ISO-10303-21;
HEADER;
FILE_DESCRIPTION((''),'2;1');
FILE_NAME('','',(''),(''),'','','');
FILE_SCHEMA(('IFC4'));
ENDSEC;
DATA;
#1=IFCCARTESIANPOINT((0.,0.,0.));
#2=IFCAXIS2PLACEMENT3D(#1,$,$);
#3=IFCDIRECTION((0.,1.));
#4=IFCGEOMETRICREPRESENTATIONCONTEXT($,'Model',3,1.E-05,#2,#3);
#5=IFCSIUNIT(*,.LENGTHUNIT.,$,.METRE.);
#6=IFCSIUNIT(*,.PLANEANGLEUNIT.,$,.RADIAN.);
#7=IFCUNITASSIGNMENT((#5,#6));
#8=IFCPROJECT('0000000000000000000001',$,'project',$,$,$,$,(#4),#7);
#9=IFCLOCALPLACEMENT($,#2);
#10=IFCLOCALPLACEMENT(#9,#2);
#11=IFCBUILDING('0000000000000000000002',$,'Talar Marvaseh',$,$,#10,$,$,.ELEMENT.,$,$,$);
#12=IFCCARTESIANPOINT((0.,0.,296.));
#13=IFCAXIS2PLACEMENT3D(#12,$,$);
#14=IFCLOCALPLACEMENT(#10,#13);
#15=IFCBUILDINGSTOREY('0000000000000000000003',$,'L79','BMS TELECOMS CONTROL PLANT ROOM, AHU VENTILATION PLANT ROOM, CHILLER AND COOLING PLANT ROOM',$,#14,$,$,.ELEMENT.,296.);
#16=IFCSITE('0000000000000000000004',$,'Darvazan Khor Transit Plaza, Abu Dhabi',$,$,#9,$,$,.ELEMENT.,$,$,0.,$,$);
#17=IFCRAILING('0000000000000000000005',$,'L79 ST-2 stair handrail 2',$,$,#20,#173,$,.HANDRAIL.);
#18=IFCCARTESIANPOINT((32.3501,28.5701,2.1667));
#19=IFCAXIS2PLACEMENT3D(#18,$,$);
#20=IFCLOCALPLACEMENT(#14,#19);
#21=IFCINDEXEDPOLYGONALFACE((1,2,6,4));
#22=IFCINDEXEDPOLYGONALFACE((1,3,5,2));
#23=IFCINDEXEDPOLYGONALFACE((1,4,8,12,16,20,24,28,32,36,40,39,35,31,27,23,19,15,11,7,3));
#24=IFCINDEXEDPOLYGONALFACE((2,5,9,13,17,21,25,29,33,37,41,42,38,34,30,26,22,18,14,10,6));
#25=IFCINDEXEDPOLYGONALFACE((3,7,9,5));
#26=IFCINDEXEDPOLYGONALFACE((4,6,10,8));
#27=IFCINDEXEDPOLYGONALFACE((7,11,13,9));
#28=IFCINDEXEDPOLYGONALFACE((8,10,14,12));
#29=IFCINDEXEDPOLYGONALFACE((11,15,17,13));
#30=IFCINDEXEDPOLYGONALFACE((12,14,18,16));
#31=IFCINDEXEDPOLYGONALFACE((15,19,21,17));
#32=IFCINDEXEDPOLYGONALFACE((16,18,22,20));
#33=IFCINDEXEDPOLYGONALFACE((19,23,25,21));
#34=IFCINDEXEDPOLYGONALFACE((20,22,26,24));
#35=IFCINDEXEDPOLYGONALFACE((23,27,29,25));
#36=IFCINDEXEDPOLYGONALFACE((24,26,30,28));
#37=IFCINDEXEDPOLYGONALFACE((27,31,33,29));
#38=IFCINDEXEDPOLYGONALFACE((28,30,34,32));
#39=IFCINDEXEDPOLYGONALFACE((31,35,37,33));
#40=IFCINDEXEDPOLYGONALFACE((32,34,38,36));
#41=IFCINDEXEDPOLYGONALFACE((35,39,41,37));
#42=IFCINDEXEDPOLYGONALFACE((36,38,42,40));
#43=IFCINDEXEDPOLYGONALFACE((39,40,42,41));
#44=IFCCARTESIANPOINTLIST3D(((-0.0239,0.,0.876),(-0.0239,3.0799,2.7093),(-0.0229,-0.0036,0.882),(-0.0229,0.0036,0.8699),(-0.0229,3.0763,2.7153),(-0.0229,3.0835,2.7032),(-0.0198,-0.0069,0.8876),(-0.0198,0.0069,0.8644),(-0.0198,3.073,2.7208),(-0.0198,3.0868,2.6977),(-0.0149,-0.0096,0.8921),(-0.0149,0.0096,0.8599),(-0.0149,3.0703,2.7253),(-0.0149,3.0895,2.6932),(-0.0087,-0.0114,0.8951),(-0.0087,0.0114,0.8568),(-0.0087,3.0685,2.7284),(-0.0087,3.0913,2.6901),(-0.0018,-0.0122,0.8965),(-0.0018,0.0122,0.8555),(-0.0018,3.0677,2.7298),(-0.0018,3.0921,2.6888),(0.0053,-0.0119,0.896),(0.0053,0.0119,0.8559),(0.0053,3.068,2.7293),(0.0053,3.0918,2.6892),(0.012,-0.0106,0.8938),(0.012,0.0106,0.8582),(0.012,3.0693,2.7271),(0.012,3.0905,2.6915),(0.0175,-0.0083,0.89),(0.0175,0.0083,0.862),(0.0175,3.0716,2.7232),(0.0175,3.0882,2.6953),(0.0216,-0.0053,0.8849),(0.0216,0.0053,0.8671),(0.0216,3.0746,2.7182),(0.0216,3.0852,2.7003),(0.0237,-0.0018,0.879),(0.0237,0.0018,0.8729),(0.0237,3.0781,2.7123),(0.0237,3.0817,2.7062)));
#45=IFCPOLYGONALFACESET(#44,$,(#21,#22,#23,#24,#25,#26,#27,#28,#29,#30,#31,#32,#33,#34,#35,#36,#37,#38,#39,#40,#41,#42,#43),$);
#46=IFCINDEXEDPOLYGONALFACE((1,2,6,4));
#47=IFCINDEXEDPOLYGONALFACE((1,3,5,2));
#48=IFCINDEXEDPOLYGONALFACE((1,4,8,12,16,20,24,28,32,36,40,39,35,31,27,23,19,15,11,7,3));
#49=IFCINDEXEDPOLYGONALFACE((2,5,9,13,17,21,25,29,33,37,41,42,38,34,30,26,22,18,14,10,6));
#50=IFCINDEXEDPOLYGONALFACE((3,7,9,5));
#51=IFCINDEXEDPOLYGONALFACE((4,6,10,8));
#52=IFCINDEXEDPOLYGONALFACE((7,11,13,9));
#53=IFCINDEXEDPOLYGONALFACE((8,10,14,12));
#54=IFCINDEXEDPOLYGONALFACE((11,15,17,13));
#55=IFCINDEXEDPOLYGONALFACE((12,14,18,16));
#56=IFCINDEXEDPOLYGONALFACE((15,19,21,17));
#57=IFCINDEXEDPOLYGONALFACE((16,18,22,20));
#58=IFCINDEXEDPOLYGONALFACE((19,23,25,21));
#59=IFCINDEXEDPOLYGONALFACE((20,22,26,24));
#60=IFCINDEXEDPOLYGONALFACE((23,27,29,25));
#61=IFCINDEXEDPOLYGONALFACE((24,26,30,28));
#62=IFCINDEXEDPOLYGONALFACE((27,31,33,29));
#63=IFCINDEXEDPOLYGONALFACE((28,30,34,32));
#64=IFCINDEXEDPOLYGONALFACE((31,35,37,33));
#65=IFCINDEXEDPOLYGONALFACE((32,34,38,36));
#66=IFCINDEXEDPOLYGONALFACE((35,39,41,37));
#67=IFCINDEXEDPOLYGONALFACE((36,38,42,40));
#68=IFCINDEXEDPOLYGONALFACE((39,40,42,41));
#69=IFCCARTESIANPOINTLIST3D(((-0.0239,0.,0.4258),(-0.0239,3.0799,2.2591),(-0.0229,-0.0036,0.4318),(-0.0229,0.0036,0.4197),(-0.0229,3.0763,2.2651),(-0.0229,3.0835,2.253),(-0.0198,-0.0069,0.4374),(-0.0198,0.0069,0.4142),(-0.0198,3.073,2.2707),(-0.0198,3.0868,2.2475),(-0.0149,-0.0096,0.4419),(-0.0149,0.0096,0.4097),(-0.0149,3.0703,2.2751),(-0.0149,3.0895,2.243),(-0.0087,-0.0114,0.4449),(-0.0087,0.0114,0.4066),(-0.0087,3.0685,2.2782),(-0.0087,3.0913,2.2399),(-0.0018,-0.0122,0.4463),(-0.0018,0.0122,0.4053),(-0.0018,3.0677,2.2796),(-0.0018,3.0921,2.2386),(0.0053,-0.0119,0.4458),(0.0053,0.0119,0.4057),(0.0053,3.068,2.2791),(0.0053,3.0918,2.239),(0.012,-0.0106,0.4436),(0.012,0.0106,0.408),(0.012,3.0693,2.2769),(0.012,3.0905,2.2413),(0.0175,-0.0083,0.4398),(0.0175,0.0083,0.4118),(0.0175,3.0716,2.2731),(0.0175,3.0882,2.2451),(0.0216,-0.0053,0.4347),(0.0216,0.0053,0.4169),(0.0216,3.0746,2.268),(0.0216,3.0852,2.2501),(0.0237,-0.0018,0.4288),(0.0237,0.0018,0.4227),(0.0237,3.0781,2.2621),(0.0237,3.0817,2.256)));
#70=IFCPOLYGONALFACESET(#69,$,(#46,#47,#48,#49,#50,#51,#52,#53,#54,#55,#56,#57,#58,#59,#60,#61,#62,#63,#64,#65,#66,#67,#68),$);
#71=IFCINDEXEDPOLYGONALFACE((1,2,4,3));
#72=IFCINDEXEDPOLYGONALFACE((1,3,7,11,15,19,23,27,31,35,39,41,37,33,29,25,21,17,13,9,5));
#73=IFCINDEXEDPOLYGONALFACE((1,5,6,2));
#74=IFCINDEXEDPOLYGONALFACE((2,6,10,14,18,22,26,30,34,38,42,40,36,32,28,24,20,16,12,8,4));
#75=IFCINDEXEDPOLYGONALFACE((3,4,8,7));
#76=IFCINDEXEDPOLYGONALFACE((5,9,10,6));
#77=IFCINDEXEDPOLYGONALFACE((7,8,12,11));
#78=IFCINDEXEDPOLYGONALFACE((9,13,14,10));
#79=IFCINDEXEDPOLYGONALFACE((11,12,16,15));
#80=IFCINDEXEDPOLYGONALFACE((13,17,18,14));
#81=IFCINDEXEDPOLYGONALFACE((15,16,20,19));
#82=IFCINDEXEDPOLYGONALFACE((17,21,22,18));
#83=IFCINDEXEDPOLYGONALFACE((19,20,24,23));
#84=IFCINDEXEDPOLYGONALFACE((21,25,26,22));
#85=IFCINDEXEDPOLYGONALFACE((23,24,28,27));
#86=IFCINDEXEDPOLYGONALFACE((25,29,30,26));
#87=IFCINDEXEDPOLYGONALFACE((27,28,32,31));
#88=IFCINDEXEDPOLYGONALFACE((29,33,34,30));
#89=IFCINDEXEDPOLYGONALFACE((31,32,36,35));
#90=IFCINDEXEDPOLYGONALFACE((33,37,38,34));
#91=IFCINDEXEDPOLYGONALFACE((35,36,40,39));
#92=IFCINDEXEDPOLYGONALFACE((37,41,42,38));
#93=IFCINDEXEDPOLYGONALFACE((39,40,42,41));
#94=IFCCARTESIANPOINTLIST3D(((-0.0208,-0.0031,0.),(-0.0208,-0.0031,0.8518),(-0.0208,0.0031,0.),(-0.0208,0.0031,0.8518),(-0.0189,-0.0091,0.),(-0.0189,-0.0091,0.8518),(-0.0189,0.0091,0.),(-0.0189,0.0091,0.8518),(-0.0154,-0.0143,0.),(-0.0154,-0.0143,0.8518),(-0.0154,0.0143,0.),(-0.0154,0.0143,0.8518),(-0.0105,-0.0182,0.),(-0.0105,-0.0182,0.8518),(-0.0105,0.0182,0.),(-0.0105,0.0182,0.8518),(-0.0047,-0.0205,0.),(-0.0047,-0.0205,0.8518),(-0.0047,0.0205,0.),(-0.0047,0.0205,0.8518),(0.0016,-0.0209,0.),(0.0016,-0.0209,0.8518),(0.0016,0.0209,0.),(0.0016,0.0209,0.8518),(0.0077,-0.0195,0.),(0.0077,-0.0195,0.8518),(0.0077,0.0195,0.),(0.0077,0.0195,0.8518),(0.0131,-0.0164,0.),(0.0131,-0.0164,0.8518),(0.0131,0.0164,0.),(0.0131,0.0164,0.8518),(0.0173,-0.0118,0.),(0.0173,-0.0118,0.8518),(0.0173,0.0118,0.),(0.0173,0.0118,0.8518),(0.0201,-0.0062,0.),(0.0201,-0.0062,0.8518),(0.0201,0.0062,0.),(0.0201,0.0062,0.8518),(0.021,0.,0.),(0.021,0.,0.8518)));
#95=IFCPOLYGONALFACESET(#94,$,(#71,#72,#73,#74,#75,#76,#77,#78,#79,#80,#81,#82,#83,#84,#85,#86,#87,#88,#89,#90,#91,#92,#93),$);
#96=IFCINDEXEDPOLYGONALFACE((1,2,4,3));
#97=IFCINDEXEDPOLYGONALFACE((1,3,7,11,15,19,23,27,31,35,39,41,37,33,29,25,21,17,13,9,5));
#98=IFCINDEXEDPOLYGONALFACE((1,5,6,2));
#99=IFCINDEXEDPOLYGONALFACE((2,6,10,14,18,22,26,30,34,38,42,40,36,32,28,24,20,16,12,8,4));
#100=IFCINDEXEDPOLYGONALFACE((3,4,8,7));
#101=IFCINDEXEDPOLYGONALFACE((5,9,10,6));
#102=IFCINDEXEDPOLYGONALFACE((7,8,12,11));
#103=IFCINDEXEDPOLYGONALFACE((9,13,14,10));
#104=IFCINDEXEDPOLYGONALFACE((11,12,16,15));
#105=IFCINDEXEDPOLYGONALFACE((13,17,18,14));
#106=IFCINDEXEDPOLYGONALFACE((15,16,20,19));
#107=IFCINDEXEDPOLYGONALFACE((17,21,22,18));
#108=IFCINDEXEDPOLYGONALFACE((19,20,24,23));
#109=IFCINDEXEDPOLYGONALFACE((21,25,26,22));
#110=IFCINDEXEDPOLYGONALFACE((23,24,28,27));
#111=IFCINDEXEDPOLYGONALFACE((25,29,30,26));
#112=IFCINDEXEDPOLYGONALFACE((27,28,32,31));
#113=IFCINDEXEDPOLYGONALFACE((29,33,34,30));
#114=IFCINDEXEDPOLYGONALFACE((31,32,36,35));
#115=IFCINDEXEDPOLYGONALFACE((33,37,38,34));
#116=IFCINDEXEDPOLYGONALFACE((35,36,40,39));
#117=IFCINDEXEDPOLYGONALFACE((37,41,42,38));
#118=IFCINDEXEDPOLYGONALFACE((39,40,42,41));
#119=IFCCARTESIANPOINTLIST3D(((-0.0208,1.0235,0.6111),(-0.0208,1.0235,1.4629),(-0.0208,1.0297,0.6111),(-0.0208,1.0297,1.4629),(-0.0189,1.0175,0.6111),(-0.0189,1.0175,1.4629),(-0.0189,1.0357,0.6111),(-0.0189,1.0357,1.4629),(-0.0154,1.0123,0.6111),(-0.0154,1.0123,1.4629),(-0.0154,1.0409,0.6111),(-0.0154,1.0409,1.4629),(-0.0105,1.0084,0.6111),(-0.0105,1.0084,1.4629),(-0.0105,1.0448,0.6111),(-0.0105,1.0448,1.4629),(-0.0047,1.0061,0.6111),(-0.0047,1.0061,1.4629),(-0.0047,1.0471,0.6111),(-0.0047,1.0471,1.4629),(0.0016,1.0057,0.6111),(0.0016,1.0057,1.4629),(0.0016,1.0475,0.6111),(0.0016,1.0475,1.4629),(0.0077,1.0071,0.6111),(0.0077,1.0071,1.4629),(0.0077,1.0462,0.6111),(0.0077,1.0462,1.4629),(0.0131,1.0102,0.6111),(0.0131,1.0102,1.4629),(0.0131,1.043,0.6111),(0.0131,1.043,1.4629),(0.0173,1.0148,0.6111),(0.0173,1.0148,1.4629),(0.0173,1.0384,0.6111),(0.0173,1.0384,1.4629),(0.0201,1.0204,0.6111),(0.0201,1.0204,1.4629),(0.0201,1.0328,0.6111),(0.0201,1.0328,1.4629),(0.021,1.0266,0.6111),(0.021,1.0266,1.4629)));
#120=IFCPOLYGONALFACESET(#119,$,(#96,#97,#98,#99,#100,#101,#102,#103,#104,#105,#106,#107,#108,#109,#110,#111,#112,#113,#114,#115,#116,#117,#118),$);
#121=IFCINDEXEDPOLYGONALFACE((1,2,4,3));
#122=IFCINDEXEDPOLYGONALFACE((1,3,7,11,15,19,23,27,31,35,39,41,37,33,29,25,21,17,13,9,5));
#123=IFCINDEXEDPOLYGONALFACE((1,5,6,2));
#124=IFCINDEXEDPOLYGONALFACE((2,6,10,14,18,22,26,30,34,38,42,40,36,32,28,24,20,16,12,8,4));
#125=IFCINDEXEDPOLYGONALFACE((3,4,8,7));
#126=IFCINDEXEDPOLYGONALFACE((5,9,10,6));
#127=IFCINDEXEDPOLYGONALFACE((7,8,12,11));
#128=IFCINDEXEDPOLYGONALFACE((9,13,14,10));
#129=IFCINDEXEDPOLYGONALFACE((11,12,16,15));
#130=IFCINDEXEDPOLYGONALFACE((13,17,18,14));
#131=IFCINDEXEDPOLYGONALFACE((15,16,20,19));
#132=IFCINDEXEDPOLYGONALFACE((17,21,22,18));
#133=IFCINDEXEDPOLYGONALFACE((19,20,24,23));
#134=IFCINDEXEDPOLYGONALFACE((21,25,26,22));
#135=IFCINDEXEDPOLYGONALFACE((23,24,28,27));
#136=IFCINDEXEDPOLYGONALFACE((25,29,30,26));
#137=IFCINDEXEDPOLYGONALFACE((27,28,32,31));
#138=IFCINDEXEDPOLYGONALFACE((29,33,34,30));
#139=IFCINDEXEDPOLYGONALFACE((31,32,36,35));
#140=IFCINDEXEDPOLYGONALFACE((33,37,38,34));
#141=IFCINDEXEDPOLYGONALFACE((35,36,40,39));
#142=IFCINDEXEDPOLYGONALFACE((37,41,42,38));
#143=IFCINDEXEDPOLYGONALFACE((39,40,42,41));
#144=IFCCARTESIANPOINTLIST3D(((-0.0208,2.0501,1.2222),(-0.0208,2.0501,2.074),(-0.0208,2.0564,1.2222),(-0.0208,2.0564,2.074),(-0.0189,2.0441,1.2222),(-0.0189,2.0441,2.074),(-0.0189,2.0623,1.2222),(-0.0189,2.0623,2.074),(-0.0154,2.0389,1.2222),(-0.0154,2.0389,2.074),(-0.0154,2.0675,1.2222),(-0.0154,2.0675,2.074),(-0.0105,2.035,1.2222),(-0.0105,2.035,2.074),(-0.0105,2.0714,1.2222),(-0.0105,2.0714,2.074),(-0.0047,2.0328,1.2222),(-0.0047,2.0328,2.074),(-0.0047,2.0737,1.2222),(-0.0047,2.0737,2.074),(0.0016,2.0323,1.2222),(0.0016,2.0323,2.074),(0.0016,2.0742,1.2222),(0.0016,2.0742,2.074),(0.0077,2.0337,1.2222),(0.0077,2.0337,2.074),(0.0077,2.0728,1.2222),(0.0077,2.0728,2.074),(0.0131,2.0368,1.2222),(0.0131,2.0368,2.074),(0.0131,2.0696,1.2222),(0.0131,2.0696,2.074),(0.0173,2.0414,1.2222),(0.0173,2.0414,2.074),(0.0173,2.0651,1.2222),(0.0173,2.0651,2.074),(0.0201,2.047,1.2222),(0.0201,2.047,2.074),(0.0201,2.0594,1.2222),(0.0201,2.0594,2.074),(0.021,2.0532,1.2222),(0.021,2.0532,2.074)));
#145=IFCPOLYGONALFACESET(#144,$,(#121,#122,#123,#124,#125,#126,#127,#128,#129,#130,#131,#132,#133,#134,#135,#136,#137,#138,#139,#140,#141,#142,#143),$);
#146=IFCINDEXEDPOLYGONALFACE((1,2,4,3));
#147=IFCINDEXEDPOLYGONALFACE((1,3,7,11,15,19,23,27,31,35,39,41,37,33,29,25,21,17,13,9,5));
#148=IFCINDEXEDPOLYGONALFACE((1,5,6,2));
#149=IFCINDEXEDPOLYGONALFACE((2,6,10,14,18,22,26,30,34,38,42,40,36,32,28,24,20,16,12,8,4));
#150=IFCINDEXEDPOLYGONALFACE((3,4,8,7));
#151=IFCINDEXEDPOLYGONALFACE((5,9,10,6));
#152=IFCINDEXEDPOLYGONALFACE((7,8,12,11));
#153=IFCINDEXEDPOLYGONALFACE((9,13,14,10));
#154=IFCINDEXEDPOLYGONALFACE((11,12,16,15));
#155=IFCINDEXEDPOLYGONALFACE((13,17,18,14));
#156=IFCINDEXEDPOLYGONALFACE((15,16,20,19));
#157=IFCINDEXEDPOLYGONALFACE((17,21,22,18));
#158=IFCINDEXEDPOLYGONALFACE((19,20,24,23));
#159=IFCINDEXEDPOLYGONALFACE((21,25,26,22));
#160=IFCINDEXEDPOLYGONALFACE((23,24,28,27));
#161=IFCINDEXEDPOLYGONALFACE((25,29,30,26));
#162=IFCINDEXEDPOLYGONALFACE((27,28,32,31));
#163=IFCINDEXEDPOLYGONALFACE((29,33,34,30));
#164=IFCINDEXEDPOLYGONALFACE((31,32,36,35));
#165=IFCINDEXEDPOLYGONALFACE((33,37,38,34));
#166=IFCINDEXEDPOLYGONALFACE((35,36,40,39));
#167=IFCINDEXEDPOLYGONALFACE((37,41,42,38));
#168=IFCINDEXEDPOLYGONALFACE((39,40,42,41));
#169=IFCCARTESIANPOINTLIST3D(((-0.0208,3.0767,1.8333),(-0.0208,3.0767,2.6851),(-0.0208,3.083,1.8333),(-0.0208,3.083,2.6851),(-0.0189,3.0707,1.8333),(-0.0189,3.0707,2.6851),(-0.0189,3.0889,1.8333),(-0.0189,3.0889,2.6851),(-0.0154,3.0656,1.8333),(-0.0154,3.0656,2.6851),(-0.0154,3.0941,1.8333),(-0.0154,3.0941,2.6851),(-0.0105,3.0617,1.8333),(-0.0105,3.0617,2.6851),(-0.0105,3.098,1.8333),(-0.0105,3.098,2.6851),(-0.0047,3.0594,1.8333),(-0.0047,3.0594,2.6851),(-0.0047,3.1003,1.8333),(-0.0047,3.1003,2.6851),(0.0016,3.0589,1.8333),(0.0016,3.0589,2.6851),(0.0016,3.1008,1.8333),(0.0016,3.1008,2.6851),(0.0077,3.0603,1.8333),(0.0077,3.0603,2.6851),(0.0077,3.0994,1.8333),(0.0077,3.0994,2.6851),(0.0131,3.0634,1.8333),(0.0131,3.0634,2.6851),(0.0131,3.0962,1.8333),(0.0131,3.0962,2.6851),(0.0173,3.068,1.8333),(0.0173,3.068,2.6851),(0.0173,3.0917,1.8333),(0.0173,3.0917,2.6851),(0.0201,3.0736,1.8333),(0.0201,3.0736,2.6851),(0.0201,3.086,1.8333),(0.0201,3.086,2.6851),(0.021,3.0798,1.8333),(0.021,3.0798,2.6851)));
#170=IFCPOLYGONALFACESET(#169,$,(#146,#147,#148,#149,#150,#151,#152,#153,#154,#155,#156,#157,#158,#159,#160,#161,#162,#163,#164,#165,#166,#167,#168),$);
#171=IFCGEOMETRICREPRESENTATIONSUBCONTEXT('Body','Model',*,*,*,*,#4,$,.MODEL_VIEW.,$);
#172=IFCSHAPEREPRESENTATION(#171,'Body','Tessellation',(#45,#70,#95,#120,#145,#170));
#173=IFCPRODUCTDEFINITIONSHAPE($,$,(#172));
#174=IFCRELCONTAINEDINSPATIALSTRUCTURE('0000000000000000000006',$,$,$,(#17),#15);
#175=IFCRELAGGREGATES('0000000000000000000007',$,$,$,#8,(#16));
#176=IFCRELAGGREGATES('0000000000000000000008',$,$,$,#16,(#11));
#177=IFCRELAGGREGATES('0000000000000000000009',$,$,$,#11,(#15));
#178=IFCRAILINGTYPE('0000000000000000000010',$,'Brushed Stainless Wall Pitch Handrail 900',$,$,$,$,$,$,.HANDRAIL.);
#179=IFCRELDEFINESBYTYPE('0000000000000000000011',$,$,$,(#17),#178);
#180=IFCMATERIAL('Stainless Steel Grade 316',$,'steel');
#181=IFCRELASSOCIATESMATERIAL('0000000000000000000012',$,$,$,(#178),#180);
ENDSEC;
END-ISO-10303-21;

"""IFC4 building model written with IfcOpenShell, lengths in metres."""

from ifc_helpers import new_model, si_unit, direction, frame, origin, origin_2d, place, context, subcontext, project, spatial, circle, extrude, material, type_object, element, save


model = new_model("IFC4")

# Units and contexts
model_context = context("Model", 3, precision=1e-05, world=origin(), true_north=direction((0.0, 1.0)))
body_context = subcontext(model_context, "Body", "Model", "MODEL_VIEW")
ifc_project = project(units=[si_unit("LENGTHUNIT", "METRE"), si_unit("PLANEANGLEUNIT", "RADIAN")], contexts=[model_context])

# Site, building, storey
site_placement = place(None, origin())
site = spatial("IfcSite", under=ifc_project, at=site_placement, Name="Darvazan Khor Transit Plaza, Abu Dhabi", CompositionType="ELEMENT", RefElevation=0.0)
building_placement = place(site_placement, origin())
building = spatial("IfcBuilding", under=site, at=building_placement, Name="Talar Marvaseh", CompositionType="ELEMENT")
storey_placement = place(building_placement, frame((0.0, 0.0, 296.0)))
storey = spatial("IfcBuildingStorey", under=building, at=storey_placement, Name="L79", Description="BMS TELECOMS CONTROL PLANT ROOM, AHU VENTILATION PLANT ROOM, CHILLER AND COOLING PLANT ROOM", CompositionType="ELEMENT", Elevation=296.0)

# Railing
ifc_material_1 = material(Name="Stainless Steel Grade 316", Category="steel")
railing_type_1 = type_object("IfcRailingType", Name="Brushed Stainless Wall Pitch Handrail 900", PredefinedType="HANDRAIL", material=ifc_material_1)
railing_1_placement = place(storey_placement, frame((32.3501, 28.5701, 2.1667)))
element("IfcRailing", 1, at=railing_1_placement, inside=storey, type_object=railing_type_1, Name="L79 ST-2 stair handrail 2", PredefinedType="HANDRAIL", context=body_context, shape_type="SweptSolid", body=[
    extrude(circle(Radius=0.0239, at=origin_2d()), frame((0.0, 0.0, 0.876), z_axis=(0.0, 0.859291, 0.511487), x_axis=(-1.0, 0.0, 0.0)), (0.0, 0.0, 1.0), 3.5842),
    extrude(circle(Radius=0.0239, at=origin_2d()), frame((0.0, 0.0, 0.4258), z_axis=(0.0, 0.859291, 0.511487), x_axis=(-1.0, 0.0, 0.0)), (0.0, 0.0, 1.0), 3.5842),
    extrude(circle(Radius=0.021, at=origin_2d()), origin(), (0.0, 0.0, 1.0), 0.8518),
    extrude(circle(Radius=0.021, at=origin_2d()), frame((0.0, 1.0266, 0.6111)), (0.0, 0.0, 1.0), 0.8518),
    extrude(circle(Radius=0.021, at=origin_2d()), frame((0.0, 2.0532, 1.2222)), (0.0, 0.0, 1.0), 0.8518),
    extrude(circle(Radius=0.021, at=origin_2d()), frame((0.0, 3.0798, 1.8333)), (0.0, 0.0, 1.0), 0.8518),
])

save(model, "model.ifc")
